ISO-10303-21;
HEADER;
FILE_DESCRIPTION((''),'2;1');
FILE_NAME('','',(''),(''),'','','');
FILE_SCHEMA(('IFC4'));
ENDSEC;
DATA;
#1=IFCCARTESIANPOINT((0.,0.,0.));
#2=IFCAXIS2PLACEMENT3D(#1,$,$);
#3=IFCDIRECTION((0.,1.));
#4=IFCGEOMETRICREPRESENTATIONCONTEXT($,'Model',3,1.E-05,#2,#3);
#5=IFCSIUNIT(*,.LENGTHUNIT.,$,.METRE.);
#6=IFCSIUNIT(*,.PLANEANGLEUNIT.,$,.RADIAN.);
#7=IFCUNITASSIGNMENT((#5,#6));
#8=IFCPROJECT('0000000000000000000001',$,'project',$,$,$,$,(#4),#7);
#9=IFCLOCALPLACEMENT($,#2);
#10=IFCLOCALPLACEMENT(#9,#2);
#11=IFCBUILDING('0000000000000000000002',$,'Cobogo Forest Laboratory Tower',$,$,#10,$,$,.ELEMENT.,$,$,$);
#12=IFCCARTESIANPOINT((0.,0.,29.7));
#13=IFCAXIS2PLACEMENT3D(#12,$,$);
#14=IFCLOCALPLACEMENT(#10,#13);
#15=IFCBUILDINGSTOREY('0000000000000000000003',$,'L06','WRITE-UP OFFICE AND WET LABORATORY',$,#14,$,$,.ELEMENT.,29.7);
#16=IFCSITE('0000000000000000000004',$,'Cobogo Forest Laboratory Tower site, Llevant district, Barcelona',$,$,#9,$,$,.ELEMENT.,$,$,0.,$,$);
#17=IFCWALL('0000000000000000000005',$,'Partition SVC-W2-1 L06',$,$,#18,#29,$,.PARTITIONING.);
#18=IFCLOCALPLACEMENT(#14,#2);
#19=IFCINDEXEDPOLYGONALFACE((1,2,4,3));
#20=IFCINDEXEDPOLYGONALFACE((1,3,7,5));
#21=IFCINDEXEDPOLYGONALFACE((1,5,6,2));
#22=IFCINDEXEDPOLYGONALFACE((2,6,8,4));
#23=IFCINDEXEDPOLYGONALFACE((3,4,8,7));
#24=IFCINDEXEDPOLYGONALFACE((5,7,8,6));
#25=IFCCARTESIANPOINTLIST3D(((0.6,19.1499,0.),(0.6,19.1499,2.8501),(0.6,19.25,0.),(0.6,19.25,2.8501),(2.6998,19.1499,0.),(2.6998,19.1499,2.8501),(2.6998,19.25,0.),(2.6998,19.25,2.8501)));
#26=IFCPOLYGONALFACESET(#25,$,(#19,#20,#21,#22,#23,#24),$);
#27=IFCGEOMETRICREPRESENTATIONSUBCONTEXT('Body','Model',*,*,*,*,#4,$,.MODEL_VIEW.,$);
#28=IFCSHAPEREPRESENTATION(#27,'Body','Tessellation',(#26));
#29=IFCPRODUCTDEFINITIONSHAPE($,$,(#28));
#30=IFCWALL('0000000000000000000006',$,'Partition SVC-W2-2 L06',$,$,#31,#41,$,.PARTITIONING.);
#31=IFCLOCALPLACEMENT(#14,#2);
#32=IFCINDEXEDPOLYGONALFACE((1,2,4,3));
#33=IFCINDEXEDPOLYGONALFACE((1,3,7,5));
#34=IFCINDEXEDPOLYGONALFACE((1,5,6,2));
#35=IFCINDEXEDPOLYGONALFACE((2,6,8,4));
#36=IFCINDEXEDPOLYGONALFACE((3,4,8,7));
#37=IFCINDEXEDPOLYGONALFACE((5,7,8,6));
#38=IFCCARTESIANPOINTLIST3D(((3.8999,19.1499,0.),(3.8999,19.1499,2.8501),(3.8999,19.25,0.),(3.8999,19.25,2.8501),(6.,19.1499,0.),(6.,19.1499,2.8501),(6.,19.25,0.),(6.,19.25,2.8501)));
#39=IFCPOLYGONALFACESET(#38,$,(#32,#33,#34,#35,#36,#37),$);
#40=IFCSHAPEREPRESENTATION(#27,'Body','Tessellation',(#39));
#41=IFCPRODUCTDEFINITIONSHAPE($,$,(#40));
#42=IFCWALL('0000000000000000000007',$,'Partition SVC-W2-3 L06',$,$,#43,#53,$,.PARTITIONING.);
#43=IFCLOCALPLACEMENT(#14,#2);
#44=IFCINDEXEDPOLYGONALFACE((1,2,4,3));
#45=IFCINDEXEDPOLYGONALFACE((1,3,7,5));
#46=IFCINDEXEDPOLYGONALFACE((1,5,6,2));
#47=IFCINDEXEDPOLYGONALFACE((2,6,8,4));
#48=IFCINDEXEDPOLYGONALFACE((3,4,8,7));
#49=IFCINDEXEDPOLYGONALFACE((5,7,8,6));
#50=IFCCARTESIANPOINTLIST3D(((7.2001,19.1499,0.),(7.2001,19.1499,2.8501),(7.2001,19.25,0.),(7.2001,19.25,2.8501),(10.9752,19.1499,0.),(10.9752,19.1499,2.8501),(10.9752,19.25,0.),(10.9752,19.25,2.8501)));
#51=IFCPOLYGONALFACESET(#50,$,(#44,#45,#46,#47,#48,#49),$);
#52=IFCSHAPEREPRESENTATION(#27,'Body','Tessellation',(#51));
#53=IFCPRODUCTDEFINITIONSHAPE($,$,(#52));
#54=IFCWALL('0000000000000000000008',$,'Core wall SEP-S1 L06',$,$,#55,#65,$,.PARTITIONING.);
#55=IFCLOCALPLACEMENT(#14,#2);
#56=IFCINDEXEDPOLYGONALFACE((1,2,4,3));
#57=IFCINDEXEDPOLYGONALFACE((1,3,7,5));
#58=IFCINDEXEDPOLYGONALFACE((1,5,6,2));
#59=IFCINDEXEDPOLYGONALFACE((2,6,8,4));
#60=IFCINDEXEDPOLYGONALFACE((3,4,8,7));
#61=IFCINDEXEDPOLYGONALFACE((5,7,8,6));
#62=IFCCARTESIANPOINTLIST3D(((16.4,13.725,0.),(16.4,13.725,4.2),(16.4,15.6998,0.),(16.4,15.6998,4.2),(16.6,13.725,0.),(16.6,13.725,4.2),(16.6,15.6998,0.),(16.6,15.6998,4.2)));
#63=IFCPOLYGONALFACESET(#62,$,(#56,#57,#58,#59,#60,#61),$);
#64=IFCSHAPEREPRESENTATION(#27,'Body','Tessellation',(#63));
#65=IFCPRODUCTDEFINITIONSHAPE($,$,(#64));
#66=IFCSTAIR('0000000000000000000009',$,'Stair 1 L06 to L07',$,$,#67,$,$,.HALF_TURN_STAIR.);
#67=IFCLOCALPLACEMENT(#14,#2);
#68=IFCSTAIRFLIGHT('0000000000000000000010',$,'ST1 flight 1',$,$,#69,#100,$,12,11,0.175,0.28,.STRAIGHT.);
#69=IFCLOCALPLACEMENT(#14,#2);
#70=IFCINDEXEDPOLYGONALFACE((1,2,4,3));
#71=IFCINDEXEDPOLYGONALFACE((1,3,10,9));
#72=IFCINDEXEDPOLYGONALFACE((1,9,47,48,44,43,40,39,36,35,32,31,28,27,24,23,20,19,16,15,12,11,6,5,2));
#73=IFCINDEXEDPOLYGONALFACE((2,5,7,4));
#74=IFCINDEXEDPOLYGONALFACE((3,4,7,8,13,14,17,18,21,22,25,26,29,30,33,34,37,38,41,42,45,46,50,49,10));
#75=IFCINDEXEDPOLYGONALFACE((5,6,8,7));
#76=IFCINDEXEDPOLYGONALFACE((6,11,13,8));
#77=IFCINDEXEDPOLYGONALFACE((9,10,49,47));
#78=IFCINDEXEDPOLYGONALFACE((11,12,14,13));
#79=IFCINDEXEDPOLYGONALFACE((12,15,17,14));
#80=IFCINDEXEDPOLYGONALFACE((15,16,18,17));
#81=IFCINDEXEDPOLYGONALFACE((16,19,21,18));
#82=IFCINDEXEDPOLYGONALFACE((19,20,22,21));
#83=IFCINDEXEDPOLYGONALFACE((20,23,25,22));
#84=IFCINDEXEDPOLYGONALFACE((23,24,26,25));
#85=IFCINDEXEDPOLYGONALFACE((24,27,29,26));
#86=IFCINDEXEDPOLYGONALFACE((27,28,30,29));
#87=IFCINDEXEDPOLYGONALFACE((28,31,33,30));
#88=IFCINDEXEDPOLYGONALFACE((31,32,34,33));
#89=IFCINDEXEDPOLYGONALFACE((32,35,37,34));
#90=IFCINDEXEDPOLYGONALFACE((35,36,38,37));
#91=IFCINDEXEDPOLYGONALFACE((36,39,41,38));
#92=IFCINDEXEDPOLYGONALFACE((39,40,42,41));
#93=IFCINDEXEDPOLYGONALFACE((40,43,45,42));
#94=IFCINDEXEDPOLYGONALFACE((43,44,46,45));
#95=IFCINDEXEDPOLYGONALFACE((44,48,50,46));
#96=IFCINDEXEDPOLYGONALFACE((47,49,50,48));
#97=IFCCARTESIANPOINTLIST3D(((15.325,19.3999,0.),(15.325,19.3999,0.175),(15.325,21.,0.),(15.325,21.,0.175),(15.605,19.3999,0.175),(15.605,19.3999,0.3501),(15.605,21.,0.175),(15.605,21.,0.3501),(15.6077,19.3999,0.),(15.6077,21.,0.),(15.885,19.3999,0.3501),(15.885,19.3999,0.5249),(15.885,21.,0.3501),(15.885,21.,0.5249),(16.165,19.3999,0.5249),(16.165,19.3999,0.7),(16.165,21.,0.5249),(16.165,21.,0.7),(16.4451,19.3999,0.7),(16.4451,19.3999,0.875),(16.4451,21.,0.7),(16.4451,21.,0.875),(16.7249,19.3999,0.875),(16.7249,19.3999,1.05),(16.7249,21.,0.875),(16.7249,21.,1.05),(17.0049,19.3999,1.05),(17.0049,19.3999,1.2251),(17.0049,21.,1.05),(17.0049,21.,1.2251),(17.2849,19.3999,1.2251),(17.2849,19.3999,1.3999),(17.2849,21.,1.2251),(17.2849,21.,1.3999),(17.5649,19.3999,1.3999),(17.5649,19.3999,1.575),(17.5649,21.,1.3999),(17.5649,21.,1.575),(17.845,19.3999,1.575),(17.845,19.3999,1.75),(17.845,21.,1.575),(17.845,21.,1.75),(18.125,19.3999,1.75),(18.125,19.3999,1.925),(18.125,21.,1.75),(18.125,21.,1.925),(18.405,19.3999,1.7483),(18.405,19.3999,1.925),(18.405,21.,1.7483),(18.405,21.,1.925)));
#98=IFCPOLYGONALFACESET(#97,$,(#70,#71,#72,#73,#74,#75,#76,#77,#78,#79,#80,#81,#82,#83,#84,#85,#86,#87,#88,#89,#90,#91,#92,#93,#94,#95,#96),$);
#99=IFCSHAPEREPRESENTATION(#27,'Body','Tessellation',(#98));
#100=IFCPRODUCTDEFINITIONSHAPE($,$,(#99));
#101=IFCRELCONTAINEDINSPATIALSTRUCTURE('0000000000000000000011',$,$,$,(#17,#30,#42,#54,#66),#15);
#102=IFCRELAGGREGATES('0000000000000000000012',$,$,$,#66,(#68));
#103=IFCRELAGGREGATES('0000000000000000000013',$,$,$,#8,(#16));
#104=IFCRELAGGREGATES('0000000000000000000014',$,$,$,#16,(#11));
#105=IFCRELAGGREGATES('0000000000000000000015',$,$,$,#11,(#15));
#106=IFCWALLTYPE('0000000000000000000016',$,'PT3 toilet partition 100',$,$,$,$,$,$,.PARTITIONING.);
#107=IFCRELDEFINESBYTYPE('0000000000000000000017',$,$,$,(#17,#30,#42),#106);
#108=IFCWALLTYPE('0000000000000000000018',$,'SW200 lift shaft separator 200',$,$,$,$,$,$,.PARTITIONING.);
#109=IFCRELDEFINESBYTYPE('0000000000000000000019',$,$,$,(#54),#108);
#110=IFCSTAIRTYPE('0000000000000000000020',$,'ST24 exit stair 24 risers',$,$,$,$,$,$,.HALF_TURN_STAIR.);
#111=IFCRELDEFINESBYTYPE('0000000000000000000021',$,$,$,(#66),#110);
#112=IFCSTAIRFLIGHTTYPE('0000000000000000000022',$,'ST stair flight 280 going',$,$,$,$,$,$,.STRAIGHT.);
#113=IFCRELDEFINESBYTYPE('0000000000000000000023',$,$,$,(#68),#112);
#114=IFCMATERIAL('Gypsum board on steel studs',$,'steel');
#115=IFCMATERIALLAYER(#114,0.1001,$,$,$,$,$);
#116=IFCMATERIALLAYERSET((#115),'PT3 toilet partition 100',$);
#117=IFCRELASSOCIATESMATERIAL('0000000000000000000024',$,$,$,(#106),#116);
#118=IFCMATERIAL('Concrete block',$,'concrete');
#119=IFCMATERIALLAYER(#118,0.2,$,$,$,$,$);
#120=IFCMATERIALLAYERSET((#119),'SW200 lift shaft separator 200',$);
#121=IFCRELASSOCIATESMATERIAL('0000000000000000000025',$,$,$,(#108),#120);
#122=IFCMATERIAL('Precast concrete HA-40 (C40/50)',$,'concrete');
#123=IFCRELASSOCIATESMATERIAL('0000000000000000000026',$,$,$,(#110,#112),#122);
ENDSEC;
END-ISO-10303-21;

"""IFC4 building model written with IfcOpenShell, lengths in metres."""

from ifc_helpers import new_model, si_unit, direction, frame, frame_2d, origin, place, context, subcontext, project, spatial, polyline, rectangle, outline, extrude, material, layer, layer_set, type_object, element, aggregate, save


model = new_model("IFC4")

# Units and contexts
model_context = context("Model", 3, precision=1e-05, world=origin(), true_north=direction((0.0, 1.0)))
body_context = subcontext(model_context, "Body", "Model", "MODEL_VIEW")
ifc_project = project(units=[si_unit("LENGTHUNIT", "METRE"), si_unit("PLANEANGLEUNIT", "RADIAN")], contexts=[model_context])

# Site, building, storey
site_placement = place(None, origin())
site = spatial("IfcSite", under=ifc_project, at=site_placement, Name="Cobogo Forest Laboratory Tower site, Llevant district, Barcelona", CompositionType="ELEMENT", RefElevation=0.0)
building_placement = place(site_placement, origin())
building = spatial("IfcBuilding", under=site, at=building_placement, Name="Cobogo Forest Laboratory Tower", CompositionType="ELEMENT")
storey_placement = place(building_placement, frame((0.0, 0.0, 29.7)))
storey = spatial("IfcBuildingStorey", under=building, at=storey_placement, Name="L06", Description="WRITE-UP OFFICE AND WET LABORATORY", CompositionType="ELEMENT", Elevation=29.7)

# Walls
ifc_material_1 = material(Name="Gypsum board on steel studs", Category="steel")
ifc_layer_1 = layer(ifc_material_1, 0.1001)
ifc_layer_set_1 = layer_set([ifc_layer_1], Name="PT3 toilet partition 100")
wall_type_1 = type_object("IfcWallType", Name="PT3 toilet partition 100", PredefinedType="PARTITIONING", material=ifc_layer_set_1)
wall_1_placement = place(storey_placement, frame((0.6001, 19.2, 0.0), z_axis=(0.0, 0.0, 1.0), x_axis=(1.0, 0.0, 0.0)))
element("IfcWall", 1, at=wall_1_placement, inside=storey, type_object=wall_type_1, Name="Partition SVC-W2-1 L06", PredefinedType="PARTITIONING", context=body_context, shape_type="SweptSolid", body=[
    extrude(rectangle(XDim=2.0999, YDim=0.1001, at=frame_2d((1.0498, 0.0))), origin(), (0.0, 0.0, 1.0), 2.8501),
])
wall_2_placement = place(storey_placement, frame((3.8999, 19.2, 0.0), z_axis=(0.0, 0.0, 1.0), x_axis=(1.0, 0.0, 0.0)))
element("IfcWall", 2, at=wall_2_placement, inside=storey, type_object=wall_type_1, Name="Partition SVC-W2-2 L06", PredefinedType="PARTITIONING", context=body_context, shape_type="SweptSolid", body=[
    extrude(rectangle(XDim=2.1001, YDim=0.1001, at=frame_2d((1.05, 0.0))), origin(), (0.0, 0.0, 1.0), 2.8501),
])
wall_3_placement = place(storey_placement, frame((7.2, 19.2, 0.0), z_axis=(0.0, 0.0, 1.0), x_axis=(1.0, 0.0, 0.0)))
element("IfcWall", 3, at=wall_3_placement, inside=storey, type_object=wall_type_1, Name="Partition SVC-W2-3 L06", PredefinedType="PARTITIONING", context=body_context, shape_type="SweptSolid", body=[
    extrude(rectangle(XDim=3.7751, YDim=0.1001, at=frame_2d((1.8877, 0.0))), origin(), (0.0, 0.0, 1.0), 2.8501),
])
ifc_material_2 = material(Name="Concrete block", Category="concrete")
ifc_layer_2 = layer(ifc_material_2, 0.2)
ifc_layer_set_2 = layer_set([ifc_layer_2], Name="SW200 lift shaft separator 200")
wall_type_2 = type_object("IfcWallType", Name="SW200 lift shaft separator 200", PredefinedType="PARTITIONING", material=ifc_layer_set_2)
wall_4_placement = place(storey_placement, frame((16.5, 13.7251, 0.0), z_axis=(0.0, 0.0, 1.0), x_axis=(0.0, 1.0, 0.0)))
element("IfcWall", 4, at=wall_4_placement, inside=storey, type_object=wall_type_2, Name="Core wall SEP-S1 L06", PredefinedType="PARTITIONING", context=body_context, shape_type="SweptSolid", body=[
    extrude(rectangle(XDim=1.9749, YDim=0.2, at=frame_2d((0.9873, 0.0))), origin(), (0.0, 0.0, 1.0), 4.2),
])

# Stair, stair flight
ifc_material_3 = material(Name="Precast concrete HA-40 (C40/50)", Category="concrete")
stair_type = type_object("IfcStairType", Name="ST24 exit stair 24 risers", PredefinedType="HALF_TURN_STAIR", material=ifc_material_3)
stair_placement = place(storey_placement, origin())
stair = element("IfcStair", 5, at=stair_placement, inside=storey, type_object=stair_type, Name="Stair 1 L06 to L07", PredefinedType="HALF_TURN_STAIR")
stair_flight_type = type_object("IfcStairFlightType", Name="ST stair flight 280 going", PredefinedType="STRAIGHT", material=ifc_material_3)
stair_flight_placement = place(storey_placement, frame((15.325, 20.2, 0.0), z_axis=(0.0, 0.0, 1.0), x_axis=(1.0, 0.0, 0.0)))
stair_flight = element("IfcStairFlight", 6, at=stair_flight_placement, type_object=stair_flight_type, Name="ST1 flight 1", NumberOfRisers=12, NumberOfTreads=11, PredefinedType="STRAIGHT", RiserHeight=0.175, TreadLength=0.28, context=body_context, shape_type="SweptSolid", body=[
    extrude(outline(polyline([(0.0, 0.0), (0.0, 0.175), (0.28, 0.175), (0.28, 0.3501), (0.5601, 0.3501), (0.5601, 0.5249), (0.8401, 0.5249), (0.8401, 0.7), (1.1201, 0.7), (1.1201, 0.875), (1.3999, 0.875), (1.3999, 1.05), (1.6799, 1.05), (1.6799, 1.2251), (1.96, 1.2251), (1.96, 1.3999), (2.24, 1.3999), (2.24, 1.575), (2.52, 1.575), (2.52, 1.75), (2.8, 1.75), (2.8, 1.925), (3.0801, 1.925), (3.0801, 2.1001), (3.0801, 1.7483), (0.2827, 0.0), (0.0, 0.0)])), frame((0.0, 0.8, 0.0), z_axis=(0.0, -1.0, 0.0), x_axis=(1.0, 0.0, 0.0)), (0.0, 0.0, 1.0), 1.6001),
])
aggregate(stair, [stair_flight])

save(model, "model.ifc")
